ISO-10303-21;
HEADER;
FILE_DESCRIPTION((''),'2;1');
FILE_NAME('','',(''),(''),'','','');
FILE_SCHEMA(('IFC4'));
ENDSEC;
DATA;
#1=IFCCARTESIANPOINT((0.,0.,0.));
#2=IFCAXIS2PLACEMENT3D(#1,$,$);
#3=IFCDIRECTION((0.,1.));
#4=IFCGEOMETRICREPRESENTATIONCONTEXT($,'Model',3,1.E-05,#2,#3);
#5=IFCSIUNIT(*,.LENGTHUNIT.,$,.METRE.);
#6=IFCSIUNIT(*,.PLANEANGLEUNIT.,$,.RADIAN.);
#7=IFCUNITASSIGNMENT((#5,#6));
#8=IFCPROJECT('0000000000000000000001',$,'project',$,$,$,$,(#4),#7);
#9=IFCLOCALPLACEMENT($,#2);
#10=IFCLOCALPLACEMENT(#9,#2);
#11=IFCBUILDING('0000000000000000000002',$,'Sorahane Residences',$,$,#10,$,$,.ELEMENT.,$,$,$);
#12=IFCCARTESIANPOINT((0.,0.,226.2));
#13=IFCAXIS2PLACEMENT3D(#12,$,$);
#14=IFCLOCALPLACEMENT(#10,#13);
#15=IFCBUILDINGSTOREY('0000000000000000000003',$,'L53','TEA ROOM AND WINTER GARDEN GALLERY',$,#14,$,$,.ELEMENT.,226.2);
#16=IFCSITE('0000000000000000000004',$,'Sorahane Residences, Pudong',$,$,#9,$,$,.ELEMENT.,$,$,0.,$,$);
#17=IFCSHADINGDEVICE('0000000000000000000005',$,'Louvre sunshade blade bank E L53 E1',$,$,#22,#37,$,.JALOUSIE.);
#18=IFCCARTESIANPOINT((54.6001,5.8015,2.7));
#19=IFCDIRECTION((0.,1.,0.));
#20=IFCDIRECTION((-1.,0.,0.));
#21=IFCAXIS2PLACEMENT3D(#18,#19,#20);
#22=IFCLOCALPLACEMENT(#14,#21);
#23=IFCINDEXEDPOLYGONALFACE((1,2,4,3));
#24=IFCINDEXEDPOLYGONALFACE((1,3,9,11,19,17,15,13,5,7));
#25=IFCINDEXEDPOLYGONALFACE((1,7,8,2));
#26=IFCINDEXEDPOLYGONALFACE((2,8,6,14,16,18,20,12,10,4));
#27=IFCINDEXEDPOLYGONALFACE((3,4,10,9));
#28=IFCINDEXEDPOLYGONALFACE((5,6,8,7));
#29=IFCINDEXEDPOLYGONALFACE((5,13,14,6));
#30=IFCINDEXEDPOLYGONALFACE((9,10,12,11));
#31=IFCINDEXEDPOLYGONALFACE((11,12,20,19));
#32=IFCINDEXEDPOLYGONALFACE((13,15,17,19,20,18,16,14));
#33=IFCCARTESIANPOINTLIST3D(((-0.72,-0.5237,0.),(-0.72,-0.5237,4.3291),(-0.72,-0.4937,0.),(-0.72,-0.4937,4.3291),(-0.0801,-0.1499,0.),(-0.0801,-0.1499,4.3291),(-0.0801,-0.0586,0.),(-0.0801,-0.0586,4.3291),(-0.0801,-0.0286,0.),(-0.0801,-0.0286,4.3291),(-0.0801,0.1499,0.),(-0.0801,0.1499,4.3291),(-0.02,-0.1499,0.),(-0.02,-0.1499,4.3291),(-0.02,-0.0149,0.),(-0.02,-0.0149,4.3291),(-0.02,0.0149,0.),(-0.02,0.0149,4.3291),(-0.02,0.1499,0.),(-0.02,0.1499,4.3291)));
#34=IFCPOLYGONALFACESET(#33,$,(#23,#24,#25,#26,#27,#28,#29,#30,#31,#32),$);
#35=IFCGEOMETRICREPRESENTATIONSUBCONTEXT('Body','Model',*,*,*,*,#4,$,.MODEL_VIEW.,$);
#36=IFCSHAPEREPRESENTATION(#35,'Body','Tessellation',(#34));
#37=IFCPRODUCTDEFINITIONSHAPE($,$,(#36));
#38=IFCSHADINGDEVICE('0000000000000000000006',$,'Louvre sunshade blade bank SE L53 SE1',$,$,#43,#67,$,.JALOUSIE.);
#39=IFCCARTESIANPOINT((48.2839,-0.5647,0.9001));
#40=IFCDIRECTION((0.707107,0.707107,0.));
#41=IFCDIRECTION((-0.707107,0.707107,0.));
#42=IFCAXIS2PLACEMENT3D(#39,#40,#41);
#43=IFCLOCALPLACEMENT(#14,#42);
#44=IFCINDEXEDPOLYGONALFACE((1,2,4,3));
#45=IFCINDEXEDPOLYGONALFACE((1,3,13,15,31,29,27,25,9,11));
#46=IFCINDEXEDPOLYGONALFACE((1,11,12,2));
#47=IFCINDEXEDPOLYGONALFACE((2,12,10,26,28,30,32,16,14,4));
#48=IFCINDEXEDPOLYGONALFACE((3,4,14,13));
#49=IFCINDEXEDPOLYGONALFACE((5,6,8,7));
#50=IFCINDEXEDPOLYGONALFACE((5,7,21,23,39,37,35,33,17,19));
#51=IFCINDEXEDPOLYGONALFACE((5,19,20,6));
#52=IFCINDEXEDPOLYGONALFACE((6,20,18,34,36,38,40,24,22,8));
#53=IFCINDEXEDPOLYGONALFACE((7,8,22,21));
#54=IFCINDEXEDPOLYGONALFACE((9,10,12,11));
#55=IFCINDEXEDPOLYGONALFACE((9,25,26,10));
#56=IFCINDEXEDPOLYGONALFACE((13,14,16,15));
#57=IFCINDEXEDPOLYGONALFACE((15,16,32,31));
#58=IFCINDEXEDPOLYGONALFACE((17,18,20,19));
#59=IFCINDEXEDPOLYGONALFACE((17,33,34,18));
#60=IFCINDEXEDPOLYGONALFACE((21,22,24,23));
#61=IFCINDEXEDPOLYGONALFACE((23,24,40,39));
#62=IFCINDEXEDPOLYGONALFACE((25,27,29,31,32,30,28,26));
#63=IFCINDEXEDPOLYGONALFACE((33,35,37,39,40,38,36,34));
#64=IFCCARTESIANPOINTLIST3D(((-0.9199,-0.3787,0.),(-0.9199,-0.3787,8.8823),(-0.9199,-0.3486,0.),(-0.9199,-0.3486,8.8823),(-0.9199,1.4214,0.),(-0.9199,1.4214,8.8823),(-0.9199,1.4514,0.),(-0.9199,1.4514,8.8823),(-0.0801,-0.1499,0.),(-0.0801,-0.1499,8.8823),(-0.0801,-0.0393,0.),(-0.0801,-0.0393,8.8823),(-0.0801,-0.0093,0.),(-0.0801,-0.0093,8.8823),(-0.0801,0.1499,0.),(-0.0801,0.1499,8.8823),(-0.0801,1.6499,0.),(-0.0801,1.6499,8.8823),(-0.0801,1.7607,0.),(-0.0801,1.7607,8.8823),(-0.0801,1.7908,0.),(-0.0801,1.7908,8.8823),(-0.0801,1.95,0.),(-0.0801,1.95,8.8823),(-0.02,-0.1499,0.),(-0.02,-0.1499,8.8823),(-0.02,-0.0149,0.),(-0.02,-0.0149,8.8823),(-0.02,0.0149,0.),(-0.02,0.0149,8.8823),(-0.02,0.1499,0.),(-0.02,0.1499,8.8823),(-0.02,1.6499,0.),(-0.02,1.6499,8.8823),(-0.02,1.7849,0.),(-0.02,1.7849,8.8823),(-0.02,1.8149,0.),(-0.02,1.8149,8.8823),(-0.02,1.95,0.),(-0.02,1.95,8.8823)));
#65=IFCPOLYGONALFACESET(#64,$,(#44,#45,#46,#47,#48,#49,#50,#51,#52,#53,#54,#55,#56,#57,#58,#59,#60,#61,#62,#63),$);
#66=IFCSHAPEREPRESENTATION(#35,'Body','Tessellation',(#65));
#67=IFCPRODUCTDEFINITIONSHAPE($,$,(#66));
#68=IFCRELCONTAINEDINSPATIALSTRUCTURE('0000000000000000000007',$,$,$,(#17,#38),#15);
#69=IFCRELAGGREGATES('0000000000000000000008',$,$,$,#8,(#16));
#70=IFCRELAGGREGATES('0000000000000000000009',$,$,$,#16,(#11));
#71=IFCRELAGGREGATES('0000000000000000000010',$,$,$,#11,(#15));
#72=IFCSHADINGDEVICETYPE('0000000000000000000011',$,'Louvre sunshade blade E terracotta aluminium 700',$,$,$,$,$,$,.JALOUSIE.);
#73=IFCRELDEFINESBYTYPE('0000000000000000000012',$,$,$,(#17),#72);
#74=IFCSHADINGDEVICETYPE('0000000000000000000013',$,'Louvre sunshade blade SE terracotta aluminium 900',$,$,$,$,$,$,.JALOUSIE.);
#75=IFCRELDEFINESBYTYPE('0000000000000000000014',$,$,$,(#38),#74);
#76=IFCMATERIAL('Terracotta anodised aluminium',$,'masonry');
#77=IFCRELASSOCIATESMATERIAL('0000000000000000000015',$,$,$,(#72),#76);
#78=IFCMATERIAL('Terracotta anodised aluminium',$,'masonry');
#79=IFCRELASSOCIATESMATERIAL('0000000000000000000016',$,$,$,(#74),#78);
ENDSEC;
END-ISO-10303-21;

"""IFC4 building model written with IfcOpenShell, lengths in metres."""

from ifc_helpers import new_model, si_unit, direction, frame, origin, place, context, subcontext, project, spatial, polyline, outline, composite_profile, extrude, material, type_object, element, save


model = new_model("IFC4")

# Units and contexts
model_context = context("Model", 3, precision=1e-05, world=origin(), true_north=direction((0.0, 1.0)))
body_context = subcontext(model_context, "Body", "Model", "MODEL_VIEW")
ifc_project = project(units=[si_unit("LENGTHUNIT", "METRE"), si_unit("PLANEANGLEUNIT", "RADIAN")], contexts=[model_context])

# Site, building, storey
site_placement = place(None, origin())
site = spatial("IfcSite", under=ifc_project, at=site_placement, Name="Sorahane Residences, Pudong", CompositionType="ELEMENT", RefElevation=0.0)
building_placement = place(site_placement, origin())
building = spatial("IfcBuilding", under=site, at=building_placement, Name="Sorahane Residences", CompositionType="ELEMENT")
storey_placement = place(building_placement, frame((0.0, 0.0, 226.2)))
storey = spatial("IfcBuildingStorey", under=building, at=storey_placement, Name="L53", Description="TEA ROOM AND WINTER GARDEN GALLERY", CompositionType="ELEMENT", Elevation=226.2)

# Shading devices
ifc_material_1 = material(Name="Terracotta anodised aluminium", Category="masonry")
shading_device_type_1 = type_object("IfcShadingDeviceType", Name="Louvre sunshade blade E terracotta aluminium 700", PredefinedType="JALOUSIE", material=ifc_material_1)
shading_device_1_placement = place(storey_placement, frame((54.6001, 5.8015, 2.7), z_axis=(0.0, 1.0, 0.0), x_axis=(-1.0, 0.0, 0.0)))
element("IfcShadingDevice", 1, at=shading_device_1_placement, inside=storey, type_object=shading_device_type_1, Name="Louvre sunshade blade bank E L53 E1", PredefinedType="JALOUSIE", context=body_context, shape_type="SweptSolid", body=[
    extrude(outline(polyline([(-0.72, -0.4937), (-0.72, -0.5237), (-0.0801, -0.0586), (-0.0801, -0.1499), (-0.02, -0.1499), (-0.02, -0.0149), (-0.02, 0.0149), (-0.02, 0.1499), (-0.0801, 0.1499), (-0.0801, -0.0286), (-0.72, -0.4937)])), origin(), (0.0, 0.0, 1.0), 4.3291),
])
ifc_material_2 = material(Name="Terracotta anodised aluminium", Category="masonry")
shading_device_type_2 = type_object("IfcShadingDeviceType", Name="Louvre sunshade blade SE terracotta aluminium 900", PredefinedType="JALOUSIE", material=ifc_material_2)
shading_device_2_placement = place(storey_placement, frame((48.2839, -0.5647, 0.9001), z_axis=(0.707107, 0.707107, 0.0), x_axis=(-0.707107, 0.707107, 0.0)))
element("IfcShadingDevice", 2, at=shading_device_2_placement, inside=storey, type_object=shading_device_type_2, Name="Louvre sunshade blade bank SE L53 SE1", PredefinedType="JALOUSIE", context=body_context, shape_type="SweptSolid", body=[
    extrude(composite_profile([outline(polyline([(-0.9199, -0.3486), (-0.9199, -0.3787), (-0.0801, -0.0393), (-0.0801, -0.1499), (-0.02, -0.1499), (-0.02, -0.0149), (-0.02, 0.0149), (-0.02, 0.1499), (-0.0801, 0.1499), (-0.0801, -0.0093), (-0.9199, -0.3486)])), outline(polyline([(-0.9199, 1.4514), (-0.9199, 1.4214), (-0.0801, 1.7607), (-0.0801, 1.6499), (-0.02, 1.6499), (-0.02, 1.7849), (-0.02, 1.8149), (-0.02, 1.95), (-0.0801, 1.95), (-0.0801, 1.7908), (-0.9199, 1.4514)]))]), origin(), (0.0, 0.0, 1.0), 8.8823),
])

save(model, "model.ifc")
